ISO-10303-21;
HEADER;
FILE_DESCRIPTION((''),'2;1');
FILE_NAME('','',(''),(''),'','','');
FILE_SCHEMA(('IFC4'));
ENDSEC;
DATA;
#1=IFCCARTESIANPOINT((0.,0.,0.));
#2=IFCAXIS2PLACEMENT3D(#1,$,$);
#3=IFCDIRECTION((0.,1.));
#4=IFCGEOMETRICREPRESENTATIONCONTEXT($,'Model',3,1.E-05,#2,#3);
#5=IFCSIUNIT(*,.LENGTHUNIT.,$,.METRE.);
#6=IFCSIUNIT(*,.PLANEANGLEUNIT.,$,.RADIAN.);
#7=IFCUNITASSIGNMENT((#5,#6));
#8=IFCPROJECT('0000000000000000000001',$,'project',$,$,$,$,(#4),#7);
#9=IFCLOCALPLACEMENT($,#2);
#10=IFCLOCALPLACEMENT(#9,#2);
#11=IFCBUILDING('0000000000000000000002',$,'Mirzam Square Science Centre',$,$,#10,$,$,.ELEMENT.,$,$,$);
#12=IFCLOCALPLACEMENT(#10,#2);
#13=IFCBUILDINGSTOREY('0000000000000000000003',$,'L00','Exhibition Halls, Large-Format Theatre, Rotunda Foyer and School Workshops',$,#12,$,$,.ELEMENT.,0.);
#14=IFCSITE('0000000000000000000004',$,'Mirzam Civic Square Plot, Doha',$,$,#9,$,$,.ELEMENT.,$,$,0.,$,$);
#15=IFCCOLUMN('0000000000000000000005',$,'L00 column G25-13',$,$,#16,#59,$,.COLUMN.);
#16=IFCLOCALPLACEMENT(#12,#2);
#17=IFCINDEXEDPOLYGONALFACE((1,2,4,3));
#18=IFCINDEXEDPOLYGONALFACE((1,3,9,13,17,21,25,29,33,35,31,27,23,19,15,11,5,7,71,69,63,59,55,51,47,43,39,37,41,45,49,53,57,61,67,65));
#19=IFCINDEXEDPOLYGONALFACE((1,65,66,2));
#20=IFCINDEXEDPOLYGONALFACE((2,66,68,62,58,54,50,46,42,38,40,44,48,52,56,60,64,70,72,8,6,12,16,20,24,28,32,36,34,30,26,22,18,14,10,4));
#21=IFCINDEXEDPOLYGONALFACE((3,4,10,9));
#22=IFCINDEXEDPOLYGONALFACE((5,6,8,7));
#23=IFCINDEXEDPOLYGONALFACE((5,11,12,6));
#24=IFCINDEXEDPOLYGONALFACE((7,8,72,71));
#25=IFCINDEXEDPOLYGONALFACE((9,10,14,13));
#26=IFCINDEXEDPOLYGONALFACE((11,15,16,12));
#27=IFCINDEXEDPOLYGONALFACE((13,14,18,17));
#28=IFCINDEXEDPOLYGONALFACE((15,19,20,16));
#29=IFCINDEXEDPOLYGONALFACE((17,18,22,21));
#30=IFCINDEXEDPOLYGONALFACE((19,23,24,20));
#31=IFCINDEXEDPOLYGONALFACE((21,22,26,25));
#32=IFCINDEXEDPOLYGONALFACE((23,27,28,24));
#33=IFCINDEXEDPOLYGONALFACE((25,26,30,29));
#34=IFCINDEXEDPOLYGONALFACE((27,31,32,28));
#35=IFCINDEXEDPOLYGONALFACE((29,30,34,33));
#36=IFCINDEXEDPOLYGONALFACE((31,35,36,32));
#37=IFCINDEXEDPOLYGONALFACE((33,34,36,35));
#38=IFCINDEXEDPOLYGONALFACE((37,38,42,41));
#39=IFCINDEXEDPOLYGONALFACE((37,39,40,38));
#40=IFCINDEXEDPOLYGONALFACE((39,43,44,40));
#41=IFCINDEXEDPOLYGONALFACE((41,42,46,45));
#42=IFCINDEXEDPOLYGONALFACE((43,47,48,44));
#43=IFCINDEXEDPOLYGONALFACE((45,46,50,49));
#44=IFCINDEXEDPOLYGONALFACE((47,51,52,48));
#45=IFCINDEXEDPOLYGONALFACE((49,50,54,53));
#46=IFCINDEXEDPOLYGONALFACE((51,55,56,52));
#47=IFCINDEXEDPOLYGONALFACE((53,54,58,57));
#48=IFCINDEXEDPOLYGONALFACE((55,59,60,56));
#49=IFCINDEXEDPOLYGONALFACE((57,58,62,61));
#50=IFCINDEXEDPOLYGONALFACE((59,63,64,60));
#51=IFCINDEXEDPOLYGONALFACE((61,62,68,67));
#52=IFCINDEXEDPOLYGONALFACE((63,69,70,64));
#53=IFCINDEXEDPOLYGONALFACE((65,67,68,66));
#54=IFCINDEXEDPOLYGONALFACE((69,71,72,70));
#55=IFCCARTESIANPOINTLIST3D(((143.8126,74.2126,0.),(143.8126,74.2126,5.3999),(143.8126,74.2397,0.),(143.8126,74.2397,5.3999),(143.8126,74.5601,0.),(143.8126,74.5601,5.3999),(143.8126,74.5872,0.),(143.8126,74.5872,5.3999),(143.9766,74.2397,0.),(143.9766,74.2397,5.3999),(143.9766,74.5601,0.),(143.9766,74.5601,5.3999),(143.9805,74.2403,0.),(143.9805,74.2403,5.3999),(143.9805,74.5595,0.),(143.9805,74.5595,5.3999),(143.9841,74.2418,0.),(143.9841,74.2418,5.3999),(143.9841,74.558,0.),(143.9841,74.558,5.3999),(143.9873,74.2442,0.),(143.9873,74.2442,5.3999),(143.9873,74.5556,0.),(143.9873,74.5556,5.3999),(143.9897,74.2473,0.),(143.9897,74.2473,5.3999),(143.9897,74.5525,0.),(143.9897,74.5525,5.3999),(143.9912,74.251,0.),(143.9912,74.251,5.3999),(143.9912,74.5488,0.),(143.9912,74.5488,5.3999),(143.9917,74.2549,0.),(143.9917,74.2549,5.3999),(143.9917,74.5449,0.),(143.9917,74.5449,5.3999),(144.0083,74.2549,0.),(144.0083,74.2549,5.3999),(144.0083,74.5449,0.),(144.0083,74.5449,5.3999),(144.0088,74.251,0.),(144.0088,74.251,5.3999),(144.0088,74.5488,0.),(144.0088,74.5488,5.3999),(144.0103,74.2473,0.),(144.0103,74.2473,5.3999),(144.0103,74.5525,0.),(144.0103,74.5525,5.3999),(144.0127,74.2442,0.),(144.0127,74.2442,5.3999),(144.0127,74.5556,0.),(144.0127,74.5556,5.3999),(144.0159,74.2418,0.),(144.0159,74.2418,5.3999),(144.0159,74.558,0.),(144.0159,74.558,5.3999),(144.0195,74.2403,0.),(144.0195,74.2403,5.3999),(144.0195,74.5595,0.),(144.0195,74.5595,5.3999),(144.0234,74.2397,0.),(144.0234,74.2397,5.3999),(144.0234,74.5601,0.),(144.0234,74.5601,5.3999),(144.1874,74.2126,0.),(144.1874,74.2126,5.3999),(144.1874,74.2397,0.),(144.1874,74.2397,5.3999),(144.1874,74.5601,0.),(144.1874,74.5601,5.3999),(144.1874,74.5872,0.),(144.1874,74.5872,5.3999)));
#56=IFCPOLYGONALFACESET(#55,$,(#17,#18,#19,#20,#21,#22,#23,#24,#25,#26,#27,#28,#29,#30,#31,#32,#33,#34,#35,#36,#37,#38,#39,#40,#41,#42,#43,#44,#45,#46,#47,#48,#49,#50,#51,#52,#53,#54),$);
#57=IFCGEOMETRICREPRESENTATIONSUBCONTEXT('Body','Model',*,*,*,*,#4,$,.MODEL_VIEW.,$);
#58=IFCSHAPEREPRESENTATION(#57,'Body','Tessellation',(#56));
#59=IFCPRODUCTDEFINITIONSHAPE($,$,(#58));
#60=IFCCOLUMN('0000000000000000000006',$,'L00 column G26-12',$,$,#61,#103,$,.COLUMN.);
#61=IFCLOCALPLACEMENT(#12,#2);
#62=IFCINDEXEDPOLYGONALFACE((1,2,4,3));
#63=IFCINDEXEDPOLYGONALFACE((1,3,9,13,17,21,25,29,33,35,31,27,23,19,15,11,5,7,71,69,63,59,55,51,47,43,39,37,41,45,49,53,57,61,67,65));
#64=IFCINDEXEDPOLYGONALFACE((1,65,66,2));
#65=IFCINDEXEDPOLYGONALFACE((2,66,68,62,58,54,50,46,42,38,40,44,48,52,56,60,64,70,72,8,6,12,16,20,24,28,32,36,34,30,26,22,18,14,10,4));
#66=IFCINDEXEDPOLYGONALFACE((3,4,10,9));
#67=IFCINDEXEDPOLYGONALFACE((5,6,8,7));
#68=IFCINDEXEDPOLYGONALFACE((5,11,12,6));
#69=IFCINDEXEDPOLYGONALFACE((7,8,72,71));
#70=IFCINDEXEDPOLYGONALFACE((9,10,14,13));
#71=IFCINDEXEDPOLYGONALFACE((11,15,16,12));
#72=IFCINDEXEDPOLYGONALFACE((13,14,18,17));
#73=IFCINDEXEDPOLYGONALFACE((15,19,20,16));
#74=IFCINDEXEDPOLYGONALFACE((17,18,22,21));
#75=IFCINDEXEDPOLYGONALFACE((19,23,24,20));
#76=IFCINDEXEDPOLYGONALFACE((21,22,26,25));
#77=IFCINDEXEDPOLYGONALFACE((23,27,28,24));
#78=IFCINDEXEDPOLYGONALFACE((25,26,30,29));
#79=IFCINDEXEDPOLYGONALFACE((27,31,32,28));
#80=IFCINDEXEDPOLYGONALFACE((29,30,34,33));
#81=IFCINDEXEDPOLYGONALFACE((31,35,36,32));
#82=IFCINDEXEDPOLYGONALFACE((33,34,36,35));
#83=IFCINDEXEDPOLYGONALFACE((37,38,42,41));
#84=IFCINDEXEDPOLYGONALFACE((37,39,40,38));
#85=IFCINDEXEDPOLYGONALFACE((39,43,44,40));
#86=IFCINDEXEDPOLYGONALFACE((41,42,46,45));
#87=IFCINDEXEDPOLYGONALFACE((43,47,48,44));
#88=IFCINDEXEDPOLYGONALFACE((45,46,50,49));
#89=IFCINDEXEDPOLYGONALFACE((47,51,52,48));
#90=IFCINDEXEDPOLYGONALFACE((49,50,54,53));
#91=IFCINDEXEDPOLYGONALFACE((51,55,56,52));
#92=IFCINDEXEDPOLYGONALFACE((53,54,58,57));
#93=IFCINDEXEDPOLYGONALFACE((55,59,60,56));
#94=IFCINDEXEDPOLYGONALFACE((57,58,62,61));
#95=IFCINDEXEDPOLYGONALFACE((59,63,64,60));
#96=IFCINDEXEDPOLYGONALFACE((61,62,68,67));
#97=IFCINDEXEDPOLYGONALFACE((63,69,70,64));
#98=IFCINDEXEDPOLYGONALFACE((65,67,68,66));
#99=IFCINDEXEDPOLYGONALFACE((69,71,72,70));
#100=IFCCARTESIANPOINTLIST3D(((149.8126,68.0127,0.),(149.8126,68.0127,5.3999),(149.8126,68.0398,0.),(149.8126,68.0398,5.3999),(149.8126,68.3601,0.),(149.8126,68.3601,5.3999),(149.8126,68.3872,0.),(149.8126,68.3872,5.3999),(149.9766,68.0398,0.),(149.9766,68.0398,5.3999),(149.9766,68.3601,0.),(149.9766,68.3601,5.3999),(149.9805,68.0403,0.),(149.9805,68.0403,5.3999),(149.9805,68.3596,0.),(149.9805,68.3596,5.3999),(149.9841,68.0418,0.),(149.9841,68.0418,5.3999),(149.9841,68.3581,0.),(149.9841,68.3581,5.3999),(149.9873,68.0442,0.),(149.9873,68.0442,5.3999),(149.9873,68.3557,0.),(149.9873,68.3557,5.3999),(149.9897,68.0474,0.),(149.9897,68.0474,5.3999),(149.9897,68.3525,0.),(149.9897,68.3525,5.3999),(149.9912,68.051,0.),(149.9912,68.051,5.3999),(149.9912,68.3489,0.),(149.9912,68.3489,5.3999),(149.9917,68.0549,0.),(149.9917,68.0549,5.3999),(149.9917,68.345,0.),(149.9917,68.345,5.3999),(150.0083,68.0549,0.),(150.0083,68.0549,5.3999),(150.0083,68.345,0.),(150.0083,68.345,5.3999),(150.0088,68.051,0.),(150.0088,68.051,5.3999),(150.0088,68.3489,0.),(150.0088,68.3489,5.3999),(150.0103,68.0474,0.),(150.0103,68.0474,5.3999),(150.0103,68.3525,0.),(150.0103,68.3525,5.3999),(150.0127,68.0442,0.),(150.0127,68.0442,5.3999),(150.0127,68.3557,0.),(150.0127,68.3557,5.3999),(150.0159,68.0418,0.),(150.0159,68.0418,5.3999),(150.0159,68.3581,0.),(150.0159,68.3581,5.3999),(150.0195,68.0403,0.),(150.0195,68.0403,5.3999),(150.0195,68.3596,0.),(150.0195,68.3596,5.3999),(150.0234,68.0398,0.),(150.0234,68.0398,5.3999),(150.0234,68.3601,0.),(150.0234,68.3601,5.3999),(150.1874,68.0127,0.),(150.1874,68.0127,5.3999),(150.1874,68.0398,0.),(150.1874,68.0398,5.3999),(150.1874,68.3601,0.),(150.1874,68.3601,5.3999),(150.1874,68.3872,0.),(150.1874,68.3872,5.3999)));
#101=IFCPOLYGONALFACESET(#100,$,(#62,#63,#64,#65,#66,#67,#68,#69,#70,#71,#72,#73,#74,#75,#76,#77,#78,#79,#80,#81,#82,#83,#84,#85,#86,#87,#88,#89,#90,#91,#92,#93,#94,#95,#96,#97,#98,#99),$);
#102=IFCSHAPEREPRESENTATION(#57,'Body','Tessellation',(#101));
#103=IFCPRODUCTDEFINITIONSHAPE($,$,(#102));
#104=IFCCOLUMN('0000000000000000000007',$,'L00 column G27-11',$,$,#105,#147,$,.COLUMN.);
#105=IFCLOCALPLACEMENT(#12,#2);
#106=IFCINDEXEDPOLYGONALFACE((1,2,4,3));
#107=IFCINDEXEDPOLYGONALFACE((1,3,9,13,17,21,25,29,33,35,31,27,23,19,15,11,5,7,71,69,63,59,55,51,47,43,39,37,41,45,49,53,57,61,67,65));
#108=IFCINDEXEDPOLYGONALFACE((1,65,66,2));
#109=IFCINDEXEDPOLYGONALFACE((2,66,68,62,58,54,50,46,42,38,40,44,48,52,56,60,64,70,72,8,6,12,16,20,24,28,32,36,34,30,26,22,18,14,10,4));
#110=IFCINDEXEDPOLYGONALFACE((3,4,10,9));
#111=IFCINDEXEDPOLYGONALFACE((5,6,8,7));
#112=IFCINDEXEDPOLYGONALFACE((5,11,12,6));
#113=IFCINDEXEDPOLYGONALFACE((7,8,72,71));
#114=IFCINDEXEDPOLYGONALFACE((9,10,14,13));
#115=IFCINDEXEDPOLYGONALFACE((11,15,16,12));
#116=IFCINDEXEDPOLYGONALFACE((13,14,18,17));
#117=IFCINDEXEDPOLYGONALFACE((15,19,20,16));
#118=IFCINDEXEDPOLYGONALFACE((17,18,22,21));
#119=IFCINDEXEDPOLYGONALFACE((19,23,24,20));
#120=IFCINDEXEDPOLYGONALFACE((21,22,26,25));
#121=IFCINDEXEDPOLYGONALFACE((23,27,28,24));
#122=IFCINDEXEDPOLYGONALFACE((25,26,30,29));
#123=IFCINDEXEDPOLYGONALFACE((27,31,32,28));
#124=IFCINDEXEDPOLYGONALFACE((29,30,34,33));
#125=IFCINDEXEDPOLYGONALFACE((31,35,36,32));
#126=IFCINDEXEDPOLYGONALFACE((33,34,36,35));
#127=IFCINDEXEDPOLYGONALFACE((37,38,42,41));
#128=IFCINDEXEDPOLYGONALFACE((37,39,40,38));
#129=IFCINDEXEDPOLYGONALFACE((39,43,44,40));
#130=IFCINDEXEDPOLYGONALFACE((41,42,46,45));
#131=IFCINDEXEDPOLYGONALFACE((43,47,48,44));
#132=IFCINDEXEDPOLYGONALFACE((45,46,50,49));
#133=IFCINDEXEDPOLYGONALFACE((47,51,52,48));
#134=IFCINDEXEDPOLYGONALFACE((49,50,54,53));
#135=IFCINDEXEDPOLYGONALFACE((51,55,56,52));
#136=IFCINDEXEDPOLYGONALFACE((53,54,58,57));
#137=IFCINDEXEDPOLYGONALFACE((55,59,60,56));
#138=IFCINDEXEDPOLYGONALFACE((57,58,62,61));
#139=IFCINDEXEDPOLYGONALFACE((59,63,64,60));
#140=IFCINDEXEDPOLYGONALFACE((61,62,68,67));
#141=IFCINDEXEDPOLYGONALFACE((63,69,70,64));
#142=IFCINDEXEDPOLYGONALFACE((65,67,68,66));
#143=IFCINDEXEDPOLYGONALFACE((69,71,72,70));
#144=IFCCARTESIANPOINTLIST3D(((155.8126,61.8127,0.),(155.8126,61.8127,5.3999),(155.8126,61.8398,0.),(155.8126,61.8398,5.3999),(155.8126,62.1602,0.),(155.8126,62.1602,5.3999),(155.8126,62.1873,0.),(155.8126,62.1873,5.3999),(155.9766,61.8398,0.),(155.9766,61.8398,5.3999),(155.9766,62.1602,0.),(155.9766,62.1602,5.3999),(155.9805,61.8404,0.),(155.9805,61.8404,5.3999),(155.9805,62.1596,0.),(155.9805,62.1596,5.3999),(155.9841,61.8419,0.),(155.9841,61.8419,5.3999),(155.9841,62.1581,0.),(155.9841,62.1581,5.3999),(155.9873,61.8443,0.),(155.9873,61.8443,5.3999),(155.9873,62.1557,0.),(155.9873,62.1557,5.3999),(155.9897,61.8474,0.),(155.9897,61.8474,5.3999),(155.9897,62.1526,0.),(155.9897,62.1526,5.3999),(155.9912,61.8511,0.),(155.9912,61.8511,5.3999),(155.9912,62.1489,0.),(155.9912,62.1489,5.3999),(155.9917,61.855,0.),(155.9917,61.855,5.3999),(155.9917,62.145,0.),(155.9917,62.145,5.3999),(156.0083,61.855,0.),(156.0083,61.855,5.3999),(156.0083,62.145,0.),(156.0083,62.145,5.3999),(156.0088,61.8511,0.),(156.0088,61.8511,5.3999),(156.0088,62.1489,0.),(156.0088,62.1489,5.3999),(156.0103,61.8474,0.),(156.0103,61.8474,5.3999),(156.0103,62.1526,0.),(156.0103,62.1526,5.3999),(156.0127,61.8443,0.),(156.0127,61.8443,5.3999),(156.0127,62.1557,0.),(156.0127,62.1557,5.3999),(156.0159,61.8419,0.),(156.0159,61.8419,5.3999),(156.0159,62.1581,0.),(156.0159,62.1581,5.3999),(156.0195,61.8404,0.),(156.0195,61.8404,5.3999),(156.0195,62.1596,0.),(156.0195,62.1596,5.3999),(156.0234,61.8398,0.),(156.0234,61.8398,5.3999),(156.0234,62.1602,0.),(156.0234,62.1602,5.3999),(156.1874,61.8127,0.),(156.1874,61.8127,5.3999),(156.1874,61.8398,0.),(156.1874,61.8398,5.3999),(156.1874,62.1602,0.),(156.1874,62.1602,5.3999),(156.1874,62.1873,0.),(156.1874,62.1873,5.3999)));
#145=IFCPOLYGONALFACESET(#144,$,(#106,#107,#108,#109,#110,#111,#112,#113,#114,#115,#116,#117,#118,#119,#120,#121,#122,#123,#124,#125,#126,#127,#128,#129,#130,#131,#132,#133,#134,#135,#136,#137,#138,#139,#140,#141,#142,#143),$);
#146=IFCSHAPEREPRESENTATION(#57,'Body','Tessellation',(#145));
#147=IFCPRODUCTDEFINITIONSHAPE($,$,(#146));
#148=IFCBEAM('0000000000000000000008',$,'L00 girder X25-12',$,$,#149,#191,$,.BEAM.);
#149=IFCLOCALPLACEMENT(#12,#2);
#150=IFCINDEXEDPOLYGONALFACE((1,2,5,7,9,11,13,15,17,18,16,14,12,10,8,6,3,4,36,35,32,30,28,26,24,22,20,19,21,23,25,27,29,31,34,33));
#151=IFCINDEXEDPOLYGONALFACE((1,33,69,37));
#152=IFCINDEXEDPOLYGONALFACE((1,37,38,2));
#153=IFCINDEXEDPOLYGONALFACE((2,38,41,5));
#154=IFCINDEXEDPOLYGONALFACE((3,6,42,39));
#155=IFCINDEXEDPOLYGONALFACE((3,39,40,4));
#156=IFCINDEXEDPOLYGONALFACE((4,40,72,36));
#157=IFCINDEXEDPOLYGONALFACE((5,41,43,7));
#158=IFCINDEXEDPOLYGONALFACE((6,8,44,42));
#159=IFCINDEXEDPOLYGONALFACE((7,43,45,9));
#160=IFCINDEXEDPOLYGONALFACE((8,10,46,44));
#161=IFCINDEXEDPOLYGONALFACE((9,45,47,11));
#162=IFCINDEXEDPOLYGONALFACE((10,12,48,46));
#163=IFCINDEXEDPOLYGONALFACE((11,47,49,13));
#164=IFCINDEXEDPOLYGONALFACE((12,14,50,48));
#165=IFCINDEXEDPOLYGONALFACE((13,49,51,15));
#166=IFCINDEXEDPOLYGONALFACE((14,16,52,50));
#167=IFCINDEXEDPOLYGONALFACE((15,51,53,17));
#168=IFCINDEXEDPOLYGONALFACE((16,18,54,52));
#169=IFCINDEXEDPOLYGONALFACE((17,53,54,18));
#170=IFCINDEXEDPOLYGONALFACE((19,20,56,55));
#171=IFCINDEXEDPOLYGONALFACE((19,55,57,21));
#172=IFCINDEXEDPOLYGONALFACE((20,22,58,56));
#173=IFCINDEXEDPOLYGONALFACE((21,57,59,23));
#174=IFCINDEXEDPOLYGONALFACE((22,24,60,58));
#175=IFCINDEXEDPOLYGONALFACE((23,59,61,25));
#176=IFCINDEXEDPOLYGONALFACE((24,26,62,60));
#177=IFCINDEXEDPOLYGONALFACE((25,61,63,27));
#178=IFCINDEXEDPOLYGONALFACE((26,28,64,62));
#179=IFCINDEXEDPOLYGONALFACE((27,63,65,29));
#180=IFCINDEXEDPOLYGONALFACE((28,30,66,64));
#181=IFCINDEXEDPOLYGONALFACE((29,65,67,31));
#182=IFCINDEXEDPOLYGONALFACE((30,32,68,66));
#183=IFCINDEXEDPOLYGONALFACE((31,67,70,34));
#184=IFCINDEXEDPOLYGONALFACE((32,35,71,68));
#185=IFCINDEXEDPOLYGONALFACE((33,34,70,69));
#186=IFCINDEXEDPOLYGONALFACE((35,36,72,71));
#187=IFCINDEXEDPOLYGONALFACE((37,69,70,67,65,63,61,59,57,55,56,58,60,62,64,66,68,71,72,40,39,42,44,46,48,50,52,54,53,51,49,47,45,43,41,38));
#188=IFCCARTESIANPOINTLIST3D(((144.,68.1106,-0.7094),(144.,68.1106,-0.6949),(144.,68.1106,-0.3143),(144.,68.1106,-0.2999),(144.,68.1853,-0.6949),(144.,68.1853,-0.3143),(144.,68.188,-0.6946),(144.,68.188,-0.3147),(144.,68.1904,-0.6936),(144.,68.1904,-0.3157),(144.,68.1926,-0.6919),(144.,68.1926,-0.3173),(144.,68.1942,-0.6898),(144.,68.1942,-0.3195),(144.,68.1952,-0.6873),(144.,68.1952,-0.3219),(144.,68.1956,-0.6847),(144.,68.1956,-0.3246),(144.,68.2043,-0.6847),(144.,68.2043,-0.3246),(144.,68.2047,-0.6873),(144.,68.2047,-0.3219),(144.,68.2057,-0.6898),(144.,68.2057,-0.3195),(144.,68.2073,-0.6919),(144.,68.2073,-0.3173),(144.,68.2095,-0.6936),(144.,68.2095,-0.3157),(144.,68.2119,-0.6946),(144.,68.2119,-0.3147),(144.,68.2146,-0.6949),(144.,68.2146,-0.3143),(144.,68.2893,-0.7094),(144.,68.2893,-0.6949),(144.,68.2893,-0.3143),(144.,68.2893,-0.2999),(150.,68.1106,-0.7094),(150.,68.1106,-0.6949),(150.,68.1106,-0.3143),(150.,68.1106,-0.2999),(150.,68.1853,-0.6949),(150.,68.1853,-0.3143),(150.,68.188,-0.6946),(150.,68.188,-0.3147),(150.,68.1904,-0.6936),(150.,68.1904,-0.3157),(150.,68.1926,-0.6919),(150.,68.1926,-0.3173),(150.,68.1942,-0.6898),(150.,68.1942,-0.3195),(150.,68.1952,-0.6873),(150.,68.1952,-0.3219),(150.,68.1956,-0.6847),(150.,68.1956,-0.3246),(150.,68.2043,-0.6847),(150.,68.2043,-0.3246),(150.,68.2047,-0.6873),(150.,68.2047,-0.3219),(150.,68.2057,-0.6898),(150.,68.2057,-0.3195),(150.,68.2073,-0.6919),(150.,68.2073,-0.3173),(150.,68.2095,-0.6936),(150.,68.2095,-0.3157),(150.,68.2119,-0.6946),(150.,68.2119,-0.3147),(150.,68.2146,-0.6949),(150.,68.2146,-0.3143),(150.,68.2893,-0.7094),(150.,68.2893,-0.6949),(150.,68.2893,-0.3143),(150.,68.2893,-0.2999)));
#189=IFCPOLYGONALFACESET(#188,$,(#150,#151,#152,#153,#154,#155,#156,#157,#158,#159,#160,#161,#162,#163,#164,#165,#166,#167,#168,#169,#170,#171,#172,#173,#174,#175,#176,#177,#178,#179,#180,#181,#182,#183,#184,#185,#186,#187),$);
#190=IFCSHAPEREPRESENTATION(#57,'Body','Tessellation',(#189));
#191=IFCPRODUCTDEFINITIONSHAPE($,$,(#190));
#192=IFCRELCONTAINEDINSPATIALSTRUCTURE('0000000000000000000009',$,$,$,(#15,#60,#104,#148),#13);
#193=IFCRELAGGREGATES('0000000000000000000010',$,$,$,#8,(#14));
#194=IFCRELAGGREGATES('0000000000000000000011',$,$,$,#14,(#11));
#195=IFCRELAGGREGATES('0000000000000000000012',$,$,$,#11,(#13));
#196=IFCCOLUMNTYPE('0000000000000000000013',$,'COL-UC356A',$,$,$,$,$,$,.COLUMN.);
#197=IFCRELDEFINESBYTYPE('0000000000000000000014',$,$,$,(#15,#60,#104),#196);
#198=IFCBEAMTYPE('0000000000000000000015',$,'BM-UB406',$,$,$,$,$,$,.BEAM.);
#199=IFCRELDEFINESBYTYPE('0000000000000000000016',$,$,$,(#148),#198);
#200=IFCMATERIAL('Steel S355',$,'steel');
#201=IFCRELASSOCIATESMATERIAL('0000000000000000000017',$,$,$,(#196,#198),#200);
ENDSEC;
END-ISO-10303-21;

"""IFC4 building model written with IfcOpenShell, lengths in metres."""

from ifc_helpers import new_model, si_unit, direction, frame, origin, origin_2d, place, context, subcontext, project, spatial, i_section, extrude, material, material_profile, profile_set, type_object, element, save


model = new_model("IFC4")

# Units and contexts
model_context = context("Model", 3, precision=1e-05, world=origin(), true_north=direction((0.0, 1.0)))
body_context = subcontext(model_context, "Body", "Model", "MODEL_VIEW")
ifc_project = project(units=[si_unit("LENGTHUNIT", "METRE"), si_unit("PLANEANGLEUNIT", "RADIAN")], contexts=[model_context])

# Site, building, storey
site_placement = place(None, origin())
site = spatial("IfcSite", under=ifc_project, at=site_placement, Name="Mirzam Civic Square Plot, Doha", CompositionType="ELEMENT", RefElevation=0.0)
building_placement = place(site_placement, origin())
building = spatial("IfcBuilding", under=site, at=building_placement, Name="Mirzam Square Science Centre", CompositionType="ELEMENT")
storey_placement = place(building_placement, origin())
storey = spatial("IfcBuildingStorey", under=building, at=storey_placement, Name="L00", Description="Exhibition Halls, Large-Format Theatre, Rotunda Foyer and School Workshops", CompositionType="ELEMENT", Elevation=0.0)

# Columns
ifc_material = material(Name="Steel S355", Category="steel")
ifc_material_profile_1 = material_profile(ifc_material, i_section(OverallWidth=0.3748, OverallDepth=0.3745, WebThickness=0.0166, FlangeThickness=0.0271, FilletRadius=0.0151, at=origin_2d()), Name="356x368x202UC")
ifc_profile_set_1 = profile_set([ifc_material_profile_1], Name="Steel S355")
column_type_1 = type_object("IfcColumnType", Name="COL-UC356A", PredefinedType="COLUMN", material=ifc_profile_set_1)
for number, where, z_axis, x_axis, name in (
    (1, (144.0, 74.3999, 0.0), (0.0, 0.0, 1.0), (1.0, 0.0, 0.0), "L00 column G25-13"),
    (2, (150.0, 68.2, 0.0), (0.0, 0.0, 1.0), (1.0, 0.0, 0.0), "L00 column G26-12"),
    (3, (156.0, 62.0, 0.0), (0.0, 0.0, 1.0), (1.0, 0.0, 0.0), "L00 column G27-11"),
):
    element("IfcColumn", number, at=place(storey_placement, frame(where, z_axis=z_axis, x_axis=x_axis)), inside=storey, type_object=column_type_1, Name=name, PredefinedType="COLUMN", context=body_context, shape_type="SweptSolid", body=[
        extrude(i_section(OverallWidth=0.3748, OverallDepth=0.3745, WebThickness=0.0166, FlangeThickness=0.0271, FilletRadius=0.0151, at=origin_2d()), origin(), (0.0, 0.0, 1.0), 5.3999),
    ])

# Beam
ifc_material_profile_2 = material_profile(ifc_material, i_section(OverallWidth=0.1787, OverallDepth=0.4094, WebThickness=0.0088, FlangeThickness=0.0144, FilletRadius=0.0103, at=origin_2d()), Name="406x178x67UB")
ifc_profile_set_2 = profile_set([ifc_material_profile_2], Name="Steel S355")
beam_type_1 = type_object("IfcBeamType", Name="BM-UB406", PredefinedType="BEAM", material=ifc_profile_set_2)
beam_1_placement = place(storey_placement, frame((144.0, 68.2, -0.5046), z_axis=(1.0, 0.0, 0.0), x_axis=(0.0, 1.0, 0.0)))
element("IfcBeam", 4, at=beam_1_placement, inside=storey, type_object=beam_type_1, Name="L00 girder X25-12", PredefinedType="BEAM", context=body_context, shape_type="SweptSolid", body=[
    extrude(i_section(OverallWidth=0.1787, OverallDepth=0.4094, WebThickness=0.0088, FlangeThickness=0.0144, FilletRadius=0.0103, at=origin_2d()), origin(), (0.0, 0.0, 1.0), 6.0),
])

save(model, "model.ifc")
